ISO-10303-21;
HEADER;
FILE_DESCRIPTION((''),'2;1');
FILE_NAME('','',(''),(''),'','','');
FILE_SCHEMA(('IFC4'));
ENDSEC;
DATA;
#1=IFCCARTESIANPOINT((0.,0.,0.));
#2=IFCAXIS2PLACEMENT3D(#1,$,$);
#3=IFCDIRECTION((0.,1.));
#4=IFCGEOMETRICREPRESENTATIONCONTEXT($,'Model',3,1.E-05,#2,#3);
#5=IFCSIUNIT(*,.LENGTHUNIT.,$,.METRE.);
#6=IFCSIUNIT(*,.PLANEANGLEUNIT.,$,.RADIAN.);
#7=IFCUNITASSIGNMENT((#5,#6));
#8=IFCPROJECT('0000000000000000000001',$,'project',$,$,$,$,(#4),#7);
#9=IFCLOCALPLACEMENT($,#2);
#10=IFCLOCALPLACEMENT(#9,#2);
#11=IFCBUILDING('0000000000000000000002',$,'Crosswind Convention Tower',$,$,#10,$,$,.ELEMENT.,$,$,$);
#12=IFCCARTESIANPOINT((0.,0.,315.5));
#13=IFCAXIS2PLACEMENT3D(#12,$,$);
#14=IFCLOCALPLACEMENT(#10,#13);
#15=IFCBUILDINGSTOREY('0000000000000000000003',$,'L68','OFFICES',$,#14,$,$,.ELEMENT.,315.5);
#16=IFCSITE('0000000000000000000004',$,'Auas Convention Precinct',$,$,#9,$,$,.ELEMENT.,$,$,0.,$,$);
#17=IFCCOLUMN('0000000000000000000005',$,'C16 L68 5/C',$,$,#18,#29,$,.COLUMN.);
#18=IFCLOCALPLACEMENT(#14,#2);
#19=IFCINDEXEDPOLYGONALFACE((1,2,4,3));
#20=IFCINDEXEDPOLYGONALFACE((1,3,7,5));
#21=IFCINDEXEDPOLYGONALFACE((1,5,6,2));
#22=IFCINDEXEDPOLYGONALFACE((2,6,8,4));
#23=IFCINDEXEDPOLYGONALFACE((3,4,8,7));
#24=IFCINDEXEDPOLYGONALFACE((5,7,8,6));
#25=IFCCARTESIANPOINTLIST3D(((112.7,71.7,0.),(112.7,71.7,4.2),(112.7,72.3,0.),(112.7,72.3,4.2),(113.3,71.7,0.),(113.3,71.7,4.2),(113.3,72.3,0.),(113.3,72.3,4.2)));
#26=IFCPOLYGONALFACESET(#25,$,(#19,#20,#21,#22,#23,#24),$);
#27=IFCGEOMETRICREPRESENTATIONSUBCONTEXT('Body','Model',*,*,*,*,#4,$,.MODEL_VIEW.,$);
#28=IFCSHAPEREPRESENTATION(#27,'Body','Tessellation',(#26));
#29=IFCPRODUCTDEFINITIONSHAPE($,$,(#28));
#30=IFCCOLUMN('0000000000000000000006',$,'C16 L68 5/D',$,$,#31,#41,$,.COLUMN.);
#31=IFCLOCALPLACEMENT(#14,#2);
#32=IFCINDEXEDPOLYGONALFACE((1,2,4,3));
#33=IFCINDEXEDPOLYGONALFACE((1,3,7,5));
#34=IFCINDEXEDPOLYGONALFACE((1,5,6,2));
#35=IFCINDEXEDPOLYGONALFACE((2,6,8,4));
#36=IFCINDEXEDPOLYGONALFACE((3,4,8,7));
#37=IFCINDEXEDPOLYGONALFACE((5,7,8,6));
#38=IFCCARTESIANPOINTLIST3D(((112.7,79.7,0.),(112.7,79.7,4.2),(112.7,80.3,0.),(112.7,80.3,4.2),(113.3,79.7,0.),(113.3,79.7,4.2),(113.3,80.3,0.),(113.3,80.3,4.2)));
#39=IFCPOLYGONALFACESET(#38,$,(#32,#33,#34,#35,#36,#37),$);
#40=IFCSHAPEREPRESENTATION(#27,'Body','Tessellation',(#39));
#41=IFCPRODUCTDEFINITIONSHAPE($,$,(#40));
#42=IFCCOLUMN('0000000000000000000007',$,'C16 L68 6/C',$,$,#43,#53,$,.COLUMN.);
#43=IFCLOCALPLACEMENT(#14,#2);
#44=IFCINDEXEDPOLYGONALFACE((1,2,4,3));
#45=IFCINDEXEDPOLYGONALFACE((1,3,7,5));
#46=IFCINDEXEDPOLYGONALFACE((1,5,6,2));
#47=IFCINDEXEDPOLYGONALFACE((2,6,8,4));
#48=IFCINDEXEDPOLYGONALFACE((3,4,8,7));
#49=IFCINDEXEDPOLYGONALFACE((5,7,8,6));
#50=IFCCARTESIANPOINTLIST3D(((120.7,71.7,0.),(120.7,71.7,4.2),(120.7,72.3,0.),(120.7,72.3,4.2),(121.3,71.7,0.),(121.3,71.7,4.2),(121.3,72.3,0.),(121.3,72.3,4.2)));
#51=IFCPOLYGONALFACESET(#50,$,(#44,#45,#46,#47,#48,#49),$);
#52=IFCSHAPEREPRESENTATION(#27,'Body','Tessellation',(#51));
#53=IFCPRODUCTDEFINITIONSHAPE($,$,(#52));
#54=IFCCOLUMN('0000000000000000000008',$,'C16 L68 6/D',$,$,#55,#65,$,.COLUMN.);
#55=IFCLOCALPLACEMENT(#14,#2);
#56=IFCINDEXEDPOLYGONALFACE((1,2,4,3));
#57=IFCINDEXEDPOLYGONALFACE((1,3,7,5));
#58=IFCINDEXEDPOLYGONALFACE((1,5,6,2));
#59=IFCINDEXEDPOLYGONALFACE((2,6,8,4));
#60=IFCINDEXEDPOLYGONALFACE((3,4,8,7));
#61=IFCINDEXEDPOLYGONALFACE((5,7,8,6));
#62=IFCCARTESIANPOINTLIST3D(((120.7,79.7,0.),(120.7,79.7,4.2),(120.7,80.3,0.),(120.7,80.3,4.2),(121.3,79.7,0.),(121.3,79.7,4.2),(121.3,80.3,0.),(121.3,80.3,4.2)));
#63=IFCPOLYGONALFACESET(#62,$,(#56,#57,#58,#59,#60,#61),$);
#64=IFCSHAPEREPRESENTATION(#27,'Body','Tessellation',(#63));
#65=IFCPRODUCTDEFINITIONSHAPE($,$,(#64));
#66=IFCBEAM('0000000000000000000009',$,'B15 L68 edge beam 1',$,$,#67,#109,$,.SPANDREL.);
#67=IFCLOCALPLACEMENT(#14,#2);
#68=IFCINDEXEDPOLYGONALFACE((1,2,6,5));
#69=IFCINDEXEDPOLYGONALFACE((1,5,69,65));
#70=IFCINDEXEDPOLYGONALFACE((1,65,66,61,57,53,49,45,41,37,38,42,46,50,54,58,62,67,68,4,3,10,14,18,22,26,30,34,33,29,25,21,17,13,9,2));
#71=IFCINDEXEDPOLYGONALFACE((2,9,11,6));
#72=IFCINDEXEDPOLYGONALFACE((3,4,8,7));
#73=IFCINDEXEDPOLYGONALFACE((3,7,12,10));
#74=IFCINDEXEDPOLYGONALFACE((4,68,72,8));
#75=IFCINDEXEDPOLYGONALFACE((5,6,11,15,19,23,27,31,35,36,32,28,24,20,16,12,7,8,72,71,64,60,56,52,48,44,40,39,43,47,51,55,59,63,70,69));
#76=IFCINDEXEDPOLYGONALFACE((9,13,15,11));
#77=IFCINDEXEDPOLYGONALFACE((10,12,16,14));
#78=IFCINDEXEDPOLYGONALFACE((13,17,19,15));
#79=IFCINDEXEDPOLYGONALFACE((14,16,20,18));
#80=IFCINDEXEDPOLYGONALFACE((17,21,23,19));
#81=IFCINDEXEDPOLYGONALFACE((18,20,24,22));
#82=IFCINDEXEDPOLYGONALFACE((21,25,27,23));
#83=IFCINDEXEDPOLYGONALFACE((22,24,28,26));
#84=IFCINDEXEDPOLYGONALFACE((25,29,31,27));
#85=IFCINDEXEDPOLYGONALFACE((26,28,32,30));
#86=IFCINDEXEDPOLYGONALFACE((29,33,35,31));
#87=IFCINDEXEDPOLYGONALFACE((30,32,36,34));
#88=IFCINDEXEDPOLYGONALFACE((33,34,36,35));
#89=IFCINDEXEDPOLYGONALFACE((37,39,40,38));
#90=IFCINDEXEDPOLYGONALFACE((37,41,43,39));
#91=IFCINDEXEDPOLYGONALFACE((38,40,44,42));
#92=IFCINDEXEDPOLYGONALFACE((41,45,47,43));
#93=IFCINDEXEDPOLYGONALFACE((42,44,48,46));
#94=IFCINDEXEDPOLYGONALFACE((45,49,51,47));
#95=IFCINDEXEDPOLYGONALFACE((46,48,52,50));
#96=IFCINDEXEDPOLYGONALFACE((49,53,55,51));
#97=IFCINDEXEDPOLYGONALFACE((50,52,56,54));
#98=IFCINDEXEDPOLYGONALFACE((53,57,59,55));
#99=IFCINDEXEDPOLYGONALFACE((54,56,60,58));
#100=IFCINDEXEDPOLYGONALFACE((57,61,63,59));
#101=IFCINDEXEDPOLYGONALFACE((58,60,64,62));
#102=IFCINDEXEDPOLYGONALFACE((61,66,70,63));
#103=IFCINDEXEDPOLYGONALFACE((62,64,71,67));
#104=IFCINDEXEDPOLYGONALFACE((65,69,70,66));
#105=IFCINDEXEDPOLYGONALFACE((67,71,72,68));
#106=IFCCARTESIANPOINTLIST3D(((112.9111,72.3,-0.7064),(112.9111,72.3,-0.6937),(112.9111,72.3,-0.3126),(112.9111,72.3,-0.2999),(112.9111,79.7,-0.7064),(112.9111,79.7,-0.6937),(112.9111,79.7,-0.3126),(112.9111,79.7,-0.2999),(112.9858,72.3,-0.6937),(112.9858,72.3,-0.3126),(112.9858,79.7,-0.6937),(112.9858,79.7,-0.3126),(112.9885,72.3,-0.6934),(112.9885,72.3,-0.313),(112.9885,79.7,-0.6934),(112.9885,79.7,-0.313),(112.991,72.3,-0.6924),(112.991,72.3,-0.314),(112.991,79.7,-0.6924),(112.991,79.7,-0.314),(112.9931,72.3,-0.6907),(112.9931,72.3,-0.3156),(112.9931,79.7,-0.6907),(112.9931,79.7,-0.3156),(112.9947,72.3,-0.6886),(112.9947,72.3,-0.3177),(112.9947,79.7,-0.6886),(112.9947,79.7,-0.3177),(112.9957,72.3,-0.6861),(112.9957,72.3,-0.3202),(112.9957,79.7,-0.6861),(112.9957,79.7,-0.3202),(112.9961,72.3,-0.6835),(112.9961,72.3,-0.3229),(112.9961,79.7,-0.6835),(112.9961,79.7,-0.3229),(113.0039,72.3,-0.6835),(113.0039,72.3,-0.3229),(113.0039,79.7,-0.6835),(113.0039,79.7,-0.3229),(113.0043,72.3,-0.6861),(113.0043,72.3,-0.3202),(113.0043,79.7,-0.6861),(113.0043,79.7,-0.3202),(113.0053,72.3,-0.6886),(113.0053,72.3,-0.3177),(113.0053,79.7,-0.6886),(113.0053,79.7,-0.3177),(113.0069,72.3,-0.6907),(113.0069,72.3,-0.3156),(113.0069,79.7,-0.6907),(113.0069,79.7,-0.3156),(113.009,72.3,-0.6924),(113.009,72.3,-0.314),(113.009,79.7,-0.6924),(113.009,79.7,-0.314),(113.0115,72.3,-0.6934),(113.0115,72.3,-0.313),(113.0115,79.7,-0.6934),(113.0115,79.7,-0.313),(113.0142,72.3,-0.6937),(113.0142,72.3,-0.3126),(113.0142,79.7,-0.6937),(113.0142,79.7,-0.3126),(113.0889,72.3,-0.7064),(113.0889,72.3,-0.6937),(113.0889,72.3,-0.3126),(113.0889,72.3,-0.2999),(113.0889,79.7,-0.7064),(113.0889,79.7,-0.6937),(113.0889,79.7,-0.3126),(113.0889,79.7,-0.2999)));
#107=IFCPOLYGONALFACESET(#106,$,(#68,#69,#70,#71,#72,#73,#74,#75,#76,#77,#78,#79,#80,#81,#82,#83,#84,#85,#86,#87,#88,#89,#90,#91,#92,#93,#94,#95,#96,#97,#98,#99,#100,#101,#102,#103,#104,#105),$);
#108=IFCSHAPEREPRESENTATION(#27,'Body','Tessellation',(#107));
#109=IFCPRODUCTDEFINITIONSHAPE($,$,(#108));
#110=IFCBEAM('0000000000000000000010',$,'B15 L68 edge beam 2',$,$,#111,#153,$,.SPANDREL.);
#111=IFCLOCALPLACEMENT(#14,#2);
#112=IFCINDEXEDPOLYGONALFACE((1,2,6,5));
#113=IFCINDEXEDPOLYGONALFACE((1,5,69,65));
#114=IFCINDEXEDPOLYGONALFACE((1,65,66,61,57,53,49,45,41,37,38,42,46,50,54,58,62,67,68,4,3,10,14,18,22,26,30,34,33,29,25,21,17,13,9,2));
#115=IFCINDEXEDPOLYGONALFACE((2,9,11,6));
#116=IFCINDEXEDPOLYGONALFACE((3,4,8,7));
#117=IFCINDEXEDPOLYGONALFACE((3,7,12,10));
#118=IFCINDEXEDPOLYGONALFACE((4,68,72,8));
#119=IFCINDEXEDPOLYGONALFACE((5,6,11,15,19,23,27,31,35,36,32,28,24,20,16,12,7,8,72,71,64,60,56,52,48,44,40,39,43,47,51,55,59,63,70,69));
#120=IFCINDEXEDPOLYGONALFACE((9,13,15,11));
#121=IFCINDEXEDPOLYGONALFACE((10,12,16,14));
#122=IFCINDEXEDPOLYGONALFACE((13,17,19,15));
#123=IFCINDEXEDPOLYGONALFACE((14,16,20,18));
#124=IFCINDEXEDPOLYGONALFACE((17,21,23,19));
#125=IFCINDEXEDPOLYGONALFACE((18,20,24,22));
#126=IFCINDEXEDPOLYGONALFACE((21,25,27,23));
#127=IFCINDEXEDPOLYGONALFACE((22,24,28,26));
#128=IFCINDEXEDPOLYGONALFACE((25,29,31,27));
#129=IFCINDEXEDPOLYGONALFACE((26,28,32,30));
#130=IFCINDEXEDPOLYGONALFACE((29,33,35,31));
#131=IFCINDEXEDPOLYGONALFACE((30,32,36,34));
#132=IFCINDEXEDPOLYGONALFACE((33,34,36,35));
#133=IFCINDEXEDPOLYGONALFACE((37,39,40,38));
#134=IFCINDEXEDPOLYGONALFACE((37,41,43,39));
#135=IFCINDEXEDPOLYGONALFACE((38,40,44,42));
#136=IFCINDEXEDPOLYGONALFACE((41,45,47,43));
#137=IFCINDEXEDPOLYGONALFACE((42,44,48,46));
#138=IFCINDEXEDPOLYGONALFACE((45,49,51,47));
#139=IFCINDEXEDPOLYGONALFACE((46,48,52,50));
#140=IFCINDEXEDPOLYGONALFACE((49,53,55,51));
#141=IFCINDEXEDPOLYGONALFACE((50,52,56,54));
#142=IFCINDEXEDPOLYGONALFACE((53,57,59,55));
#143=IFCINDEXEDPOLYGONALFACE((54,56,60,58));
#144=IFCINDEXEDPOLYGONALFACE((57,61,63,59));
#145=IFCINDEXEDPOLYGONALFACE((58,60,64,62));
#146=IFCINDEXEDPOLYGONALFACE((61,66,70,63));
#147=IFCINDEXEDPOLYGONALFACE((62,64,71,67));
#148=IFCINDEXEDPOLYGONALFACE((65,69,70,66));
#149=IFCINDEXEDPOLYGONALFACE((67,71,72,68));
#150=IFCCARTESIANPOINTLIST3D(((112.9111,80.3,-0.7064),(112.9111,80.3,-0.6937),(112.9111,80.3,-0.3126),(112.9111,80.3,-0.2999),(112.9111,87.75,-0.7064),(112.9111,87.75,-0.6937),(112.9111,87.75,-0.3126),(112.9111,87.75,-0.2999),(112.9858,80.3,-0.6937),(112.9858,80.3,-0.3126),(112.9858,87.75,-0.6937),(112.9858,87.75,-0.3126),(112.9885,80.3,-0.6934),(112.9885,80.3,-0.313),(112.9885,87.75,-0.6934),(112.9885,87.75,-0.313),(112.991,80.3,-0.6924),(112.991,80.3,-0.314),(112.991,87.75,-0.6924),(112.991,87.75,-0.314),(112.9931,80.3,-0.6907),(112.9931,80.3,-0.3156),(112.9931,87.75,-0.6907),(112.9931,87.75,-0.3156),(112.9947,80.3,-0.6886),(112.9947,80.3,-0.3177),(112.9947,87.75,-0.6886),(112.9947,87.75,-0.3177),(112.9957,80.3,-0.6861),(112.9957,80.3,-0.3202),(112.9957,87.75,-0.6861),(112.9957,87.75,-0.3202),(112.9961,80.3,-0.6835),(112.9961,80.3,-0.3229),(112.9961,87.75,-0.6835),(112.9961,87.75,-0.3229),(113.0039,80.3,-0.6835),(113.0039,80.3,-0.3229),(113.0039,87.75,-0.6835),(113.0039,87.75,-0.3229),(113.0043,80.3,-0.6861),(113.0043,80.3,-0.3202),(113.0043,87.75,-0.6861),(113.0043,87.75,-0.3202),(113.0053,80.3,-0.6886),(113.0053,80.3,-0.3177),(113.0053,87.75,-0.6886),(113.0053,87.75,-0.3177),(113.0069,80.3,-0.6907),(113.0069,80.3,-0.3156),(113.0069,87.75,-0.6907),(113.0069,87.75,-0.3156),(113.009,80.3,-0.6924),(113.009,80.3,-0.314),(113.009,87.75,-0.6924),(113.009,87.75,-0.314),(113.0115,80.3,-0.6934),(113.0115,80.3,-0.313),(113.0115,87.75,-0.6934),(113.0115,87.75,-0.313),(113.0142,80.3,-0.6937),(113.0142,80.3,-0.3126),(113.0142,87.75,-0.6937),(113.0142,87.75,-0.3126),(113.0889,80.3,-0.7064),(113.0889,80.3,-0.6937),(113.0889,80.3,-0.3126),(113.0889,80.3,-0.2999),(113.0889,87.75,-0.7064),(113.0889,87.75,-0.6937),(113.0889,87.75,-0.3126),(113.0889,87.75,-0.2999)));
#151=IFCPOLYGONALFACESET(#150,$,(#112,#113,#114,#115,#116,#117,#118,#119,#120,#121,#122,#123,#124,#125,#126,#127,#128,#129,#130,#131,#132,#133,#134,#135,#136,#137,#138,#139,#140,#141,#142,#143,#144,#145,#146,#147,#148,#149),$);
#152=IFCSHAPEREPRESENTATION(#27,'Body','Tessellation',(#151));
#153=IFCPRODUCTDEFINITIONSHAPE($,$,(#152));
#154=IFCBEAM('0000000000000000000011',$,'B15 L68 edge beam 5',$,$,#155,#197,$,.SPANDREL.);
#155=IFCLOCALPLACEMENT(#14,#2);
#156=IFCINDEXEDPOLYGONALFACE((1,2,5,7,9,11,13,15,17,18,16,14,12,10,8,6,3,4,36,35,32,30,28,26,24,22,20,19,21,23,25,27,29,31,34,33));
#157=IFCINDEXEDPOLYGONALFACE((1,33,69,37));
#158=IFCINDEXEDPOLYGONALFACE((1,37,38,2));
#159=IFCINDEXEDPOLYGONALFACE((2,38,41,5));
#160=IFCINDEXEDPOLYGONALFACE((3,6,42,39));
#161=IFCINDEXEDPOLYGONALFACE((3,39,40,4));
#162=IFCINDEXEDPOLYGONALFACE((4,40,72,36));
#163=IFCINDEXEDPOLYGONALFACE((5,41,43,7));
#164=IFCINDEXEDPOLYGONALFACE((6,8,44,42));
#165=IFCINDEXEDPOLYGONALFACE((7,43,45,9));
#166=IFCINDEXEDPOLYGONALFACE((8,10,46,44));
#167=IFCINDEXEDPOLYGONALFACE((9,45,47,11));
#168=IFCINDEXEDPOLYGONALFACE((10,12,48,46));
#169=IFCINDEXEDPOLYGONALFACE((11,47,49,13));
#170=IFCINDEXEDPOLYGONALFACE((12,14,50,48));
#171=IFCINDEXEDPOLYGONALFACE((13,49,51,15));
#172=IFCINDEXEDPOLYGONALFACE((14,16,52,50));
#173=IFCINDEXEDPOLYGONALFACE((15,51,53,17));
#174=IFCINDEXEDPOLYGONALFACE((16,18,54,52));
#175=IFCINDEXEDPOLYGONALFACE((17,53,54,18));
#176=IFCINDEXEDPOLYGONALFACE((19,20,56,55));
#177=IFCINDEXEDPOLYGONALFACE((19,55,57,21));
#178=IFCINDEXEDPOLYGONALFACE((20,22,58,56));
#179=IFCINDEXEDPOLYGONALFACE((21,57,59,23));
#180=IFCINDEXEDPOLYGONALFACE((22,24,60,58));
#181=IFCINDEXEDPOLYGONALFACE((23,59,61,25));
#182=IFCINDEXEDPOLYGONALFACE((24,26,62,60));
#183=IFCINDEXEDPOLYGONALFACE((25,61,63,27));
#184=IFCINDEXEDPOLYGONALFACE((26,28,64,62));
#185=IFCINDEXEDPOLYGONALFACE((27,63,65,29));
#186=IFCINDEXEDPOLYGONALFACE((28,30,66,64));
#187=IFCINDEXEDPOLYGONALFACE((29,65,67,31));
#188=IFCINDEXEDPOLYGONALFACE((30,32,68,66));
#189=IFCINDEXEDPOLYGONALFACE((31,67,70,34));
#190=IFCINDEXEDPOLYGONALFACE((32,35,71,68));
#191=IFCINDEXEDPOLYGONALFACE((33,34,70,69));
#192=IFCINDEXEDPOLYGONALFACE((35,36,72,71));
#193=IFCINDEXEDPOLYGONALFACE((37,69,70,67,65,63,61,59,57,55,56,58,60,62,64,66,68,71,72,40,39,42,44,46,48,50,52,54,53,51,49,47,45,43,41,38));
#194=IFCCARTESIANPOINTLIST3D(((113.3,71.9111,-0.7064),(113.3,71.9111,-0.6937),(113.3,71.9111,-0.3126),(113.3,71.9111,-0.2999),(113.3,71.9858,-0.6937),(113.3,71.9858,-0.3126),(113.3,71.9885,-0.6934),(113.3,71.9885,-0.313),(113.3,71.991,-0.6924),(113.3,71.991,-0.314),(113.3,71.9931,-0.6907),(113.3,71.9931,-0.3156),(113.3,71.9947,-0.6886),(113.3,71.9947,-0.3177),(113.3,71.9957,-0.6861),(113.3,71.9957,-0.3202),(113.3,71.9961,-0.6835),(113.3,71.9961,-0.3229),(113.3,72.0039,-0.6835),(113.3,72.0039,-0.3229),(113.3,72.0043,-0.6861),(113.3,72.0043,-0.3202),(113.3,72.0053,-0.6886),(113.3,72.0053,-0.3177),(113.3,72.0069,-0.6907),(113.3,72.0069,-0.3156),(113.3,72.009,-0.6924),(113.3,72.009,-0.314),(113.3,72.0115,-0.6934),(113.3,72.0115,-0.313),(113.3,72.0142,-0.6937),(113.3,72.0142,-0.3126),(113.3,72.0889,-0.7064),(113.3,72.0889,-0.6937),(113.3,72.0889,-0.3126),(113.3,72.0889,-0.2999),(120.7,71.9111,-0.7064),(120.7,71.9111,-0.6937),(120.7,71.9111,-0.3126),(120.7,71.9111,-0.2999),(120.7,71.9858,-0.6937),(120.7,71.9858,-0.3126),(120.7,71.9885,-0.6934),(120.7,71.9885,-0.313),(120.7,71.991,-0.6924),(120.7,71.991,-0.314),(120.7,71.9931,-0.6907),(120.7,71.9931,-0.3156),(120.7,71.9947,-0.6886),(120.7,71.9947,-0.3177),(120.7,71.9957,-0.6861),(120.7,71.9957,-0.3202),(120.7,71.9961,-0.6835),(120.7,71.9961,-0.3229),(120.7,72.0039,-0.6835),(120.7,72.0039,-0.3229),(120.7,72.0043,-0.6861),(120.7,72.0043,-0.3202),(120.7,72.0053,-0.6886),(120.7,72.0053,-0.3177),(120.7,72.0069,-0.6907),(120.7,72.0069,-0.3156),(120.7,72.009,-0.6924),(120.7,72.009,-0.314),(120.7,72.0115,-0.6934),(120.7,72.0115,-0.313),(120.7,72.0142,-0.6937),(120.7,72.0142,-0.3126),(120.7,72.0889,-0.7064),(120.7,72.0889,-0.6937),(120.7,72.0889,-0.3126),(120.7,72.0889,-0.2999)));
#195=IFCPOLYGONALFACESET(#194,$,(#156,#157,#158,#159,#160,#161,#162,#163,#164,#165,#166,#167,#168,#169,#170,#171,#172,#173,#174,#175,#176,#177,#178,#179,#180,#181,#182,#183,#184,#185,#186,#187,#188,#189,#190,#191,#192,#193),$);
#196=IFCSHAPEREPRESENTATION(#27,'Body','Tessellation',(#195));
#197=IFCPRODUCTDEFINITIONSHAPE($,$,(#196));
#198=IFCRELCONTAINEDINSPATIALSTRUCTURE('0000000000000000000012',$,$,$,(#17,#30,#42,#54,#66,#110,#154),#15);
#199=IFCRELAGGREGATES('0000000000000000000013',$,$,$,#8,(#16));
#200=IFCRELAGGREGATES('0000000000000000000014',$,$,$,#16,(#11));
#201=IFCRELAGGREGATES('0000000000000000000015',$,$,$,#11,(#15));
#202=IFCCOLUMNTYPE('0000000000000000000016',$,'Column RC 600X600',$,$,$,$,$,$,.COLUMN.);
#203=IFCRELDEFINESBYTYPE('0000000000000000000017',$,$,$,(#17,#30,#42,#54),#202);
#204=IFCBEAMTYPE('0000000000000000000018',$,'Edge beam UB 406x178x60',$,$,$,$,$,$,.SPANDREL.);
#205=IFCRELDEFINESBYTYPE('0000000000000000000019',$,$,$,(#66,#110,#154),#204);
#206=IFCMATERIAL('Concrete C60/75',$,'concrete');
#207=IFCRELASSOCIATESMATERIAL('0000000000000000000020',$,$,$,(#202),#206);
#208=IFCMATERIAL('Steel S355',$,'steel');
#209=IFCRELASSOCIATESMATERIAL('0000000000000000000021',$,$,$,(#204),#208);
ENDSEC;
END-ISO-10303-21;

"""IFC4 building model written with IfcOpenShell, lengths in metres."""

from ifc_helpers import new_model, si_unit, direction, frame, origin, origin_2d, place, context, subcontext, project, spatial, rectangle, i_section, extrude, material, material_profile, profile_set, type_object, element, save


model = new_model("IFC4")

# Units and contexts
model_context = context("Model", 3, precision=1e-05, world=origin(), true_north=direction((0.0, 1.0)))
body_context = subcontext(model_context, "Body", "Model", "MODEL_VIEW")
ifc_project = project(units=[si_unit("LENGTHUNIT", "METRE"), si_unit("PLANEANGLEUNIT", "RADIAN")], contexts=[model_context])

# Site, building, storey
site_placement = place(None, origin())
site = spatial("IfcSite", under=ifc_project, at=site_placement, Name="Auas Convention Precinct", CompositionType="ELEMENT", RefElevation=0.0)
building_placement = place(site_placement, origin())
building = spatial("IfcBuilding", under=site, at=building_placement, Name="Crosswind Convention Tower", CompositionType="ELEMENT")
storey_placement = place(building_placement, frame((0.0, 0.0, 315.5)))
storey = spatial("IfcBuildingStorey", under=building, at=storey_placement, Name="L68", Description="OFFICES", CompositionType="ELEMENT", Elevation=315.5)

# Columns
ifc_material_1 = material(Name="Concrete C60/75", Category="concrete")
ifc_material_profile_1 = material_profile(ifc_material_1, rectangle(XDim=0.6001, YDim=0.6001, at=origin_2d()), Name="RC 600X600")
ifc_profile_set_1 = profile_set([ifc_material_profile_1], Name="Concrete C60/75")
column_type = type_object("IfcColumnType", Name="Column RC 600X600", PredefinedType="COLUMN", material=ifc_profile_set_1)
for number, where, z_axis, x_axis, name in (
    (1, (113.0, 72.0, 0.0), (0.0, 0.0, 1.0), (1.0, 0.0, 0.0), "C16 L68 5/C"),
    (2, (113.0, 80.0, 0.0), (0.0, 0.0, 1.0), (1.0, 0.0, 0.0), "C16 L68 5/D"),
    (3, (121.0, 72.0, 0.0), (0.0, 0.0, 1.0), (1.0, 0.0, 0.0), "C16 L68 6/C"),
    (4, (121.0, 80.0, 0.0), (0.0, 0.0, 1.0), (1.0, 0.0, 0.0), "C16 L68 6/D"),
):
    element("IfcColumn", number, at=place(storey_placement, frame(where, z_axis=z_axis, x_axis=x_axis)), inside=storey, type_object=column_type, Name=name, PredefinedType="COLUMN", context=body_context, shape_type="SweptSolid", body=[
        extrude(rectangle(XDim=0.6001, YDim=0.6001, at=origin_2d()), origin(), (0.0, 0.0, 1.0), 4.2),
    ])

# Beams
ifc_material_2 = material(Name="Steel S355", Category="steel")
ifc_material_profile_2 = material_profile(ifc_material_2, i_section(OverallWidth=0.1777, OverallDepth=0.4065, WebThickness=0.0078, FlangeThickness=0.0127, FilletRadius=0.0103, at=origin_2d()), Name="UB 406x178x60")
ifc_profile_set_2 = profile_set([ifc_material_profile_2], Name="Steel S355")
beam_type_1 = type_object("IfcBeamType", Name="Edge beam UB 406x178x60", PredefinedType="SPANDREL", material=ifc_profile_set_2)
beam_1_placement = place(storey_placement, frame((113.0, 72.3, -0.5032), z_axis=(0.0, 1.0, 0.0), x_axis=(-1.0, 0.0, 0.0)))
element("IfcBeam", 5, at=beam_1_placement, inside=storey, type_object=beam_type_1, Name="B15 L68 edge beam 1", PredefinedType="SPANDREL", context=body_context, shape_type="SweptSolid", body=[
    extrude(i_section(OverallWidth=0.1777, OverallDepth=0.4065, WebThickness=0.0078, FlangeThickness=0.0127, FilletRadius=0.0103, at=origin_2d()), origin(), (0.0, 0.0, 1.0), 7.3999),
])
beam_2_placement = place(storey_placement, frame((113.0, 80.3, -0.5032), z_axis=(0.0, 1.0, 0.0), x_axis=(-1.0, 0.0, 0.0)))
element("IfcBeam", 6, at=beam_2_placement, inside=storey, type_object=beam_type_1, Name="B15 L68 edge beam 2", PredefinedType="SPANDREL", context=body_context, shape_type="SweptSolid", body=[
    extrude(i_section(OverallWidth=0.1777, OverallDepth=0.4065, WebThickness=0.0078, FlangeThickness=0.0127, FilletRadius=0.0103, at=origin_2d()), origin(), (0.0, 0.0, 1.0), 7.45),
])
beam_3_placement = place(storey_placement, frame((113.3, 72.0, -0.5032), z_axis=(1.0, 0.0, 0.0), x_axis=(0.0, 1.0, 0.0)))
element("IfcBeam", 7, at=beam_3_placement, inside=storey, type_object=beam_type_1, Name="B15 L68 edge beam 5", PredefinedType="SPANDREL", context=body_context, shape_type="SweptSolid", body=[
    extrude(i_section(OverallWidth=0.1777, OverallDepth=0.4065, WebThickness=0.0078, FlangeThickness=0.0127, FilletRadius=0.0103, at=origin_2d()), origin(), (0.0, 0.0, 1.0), 7.3999),
])

save(model, "model.ifc")
